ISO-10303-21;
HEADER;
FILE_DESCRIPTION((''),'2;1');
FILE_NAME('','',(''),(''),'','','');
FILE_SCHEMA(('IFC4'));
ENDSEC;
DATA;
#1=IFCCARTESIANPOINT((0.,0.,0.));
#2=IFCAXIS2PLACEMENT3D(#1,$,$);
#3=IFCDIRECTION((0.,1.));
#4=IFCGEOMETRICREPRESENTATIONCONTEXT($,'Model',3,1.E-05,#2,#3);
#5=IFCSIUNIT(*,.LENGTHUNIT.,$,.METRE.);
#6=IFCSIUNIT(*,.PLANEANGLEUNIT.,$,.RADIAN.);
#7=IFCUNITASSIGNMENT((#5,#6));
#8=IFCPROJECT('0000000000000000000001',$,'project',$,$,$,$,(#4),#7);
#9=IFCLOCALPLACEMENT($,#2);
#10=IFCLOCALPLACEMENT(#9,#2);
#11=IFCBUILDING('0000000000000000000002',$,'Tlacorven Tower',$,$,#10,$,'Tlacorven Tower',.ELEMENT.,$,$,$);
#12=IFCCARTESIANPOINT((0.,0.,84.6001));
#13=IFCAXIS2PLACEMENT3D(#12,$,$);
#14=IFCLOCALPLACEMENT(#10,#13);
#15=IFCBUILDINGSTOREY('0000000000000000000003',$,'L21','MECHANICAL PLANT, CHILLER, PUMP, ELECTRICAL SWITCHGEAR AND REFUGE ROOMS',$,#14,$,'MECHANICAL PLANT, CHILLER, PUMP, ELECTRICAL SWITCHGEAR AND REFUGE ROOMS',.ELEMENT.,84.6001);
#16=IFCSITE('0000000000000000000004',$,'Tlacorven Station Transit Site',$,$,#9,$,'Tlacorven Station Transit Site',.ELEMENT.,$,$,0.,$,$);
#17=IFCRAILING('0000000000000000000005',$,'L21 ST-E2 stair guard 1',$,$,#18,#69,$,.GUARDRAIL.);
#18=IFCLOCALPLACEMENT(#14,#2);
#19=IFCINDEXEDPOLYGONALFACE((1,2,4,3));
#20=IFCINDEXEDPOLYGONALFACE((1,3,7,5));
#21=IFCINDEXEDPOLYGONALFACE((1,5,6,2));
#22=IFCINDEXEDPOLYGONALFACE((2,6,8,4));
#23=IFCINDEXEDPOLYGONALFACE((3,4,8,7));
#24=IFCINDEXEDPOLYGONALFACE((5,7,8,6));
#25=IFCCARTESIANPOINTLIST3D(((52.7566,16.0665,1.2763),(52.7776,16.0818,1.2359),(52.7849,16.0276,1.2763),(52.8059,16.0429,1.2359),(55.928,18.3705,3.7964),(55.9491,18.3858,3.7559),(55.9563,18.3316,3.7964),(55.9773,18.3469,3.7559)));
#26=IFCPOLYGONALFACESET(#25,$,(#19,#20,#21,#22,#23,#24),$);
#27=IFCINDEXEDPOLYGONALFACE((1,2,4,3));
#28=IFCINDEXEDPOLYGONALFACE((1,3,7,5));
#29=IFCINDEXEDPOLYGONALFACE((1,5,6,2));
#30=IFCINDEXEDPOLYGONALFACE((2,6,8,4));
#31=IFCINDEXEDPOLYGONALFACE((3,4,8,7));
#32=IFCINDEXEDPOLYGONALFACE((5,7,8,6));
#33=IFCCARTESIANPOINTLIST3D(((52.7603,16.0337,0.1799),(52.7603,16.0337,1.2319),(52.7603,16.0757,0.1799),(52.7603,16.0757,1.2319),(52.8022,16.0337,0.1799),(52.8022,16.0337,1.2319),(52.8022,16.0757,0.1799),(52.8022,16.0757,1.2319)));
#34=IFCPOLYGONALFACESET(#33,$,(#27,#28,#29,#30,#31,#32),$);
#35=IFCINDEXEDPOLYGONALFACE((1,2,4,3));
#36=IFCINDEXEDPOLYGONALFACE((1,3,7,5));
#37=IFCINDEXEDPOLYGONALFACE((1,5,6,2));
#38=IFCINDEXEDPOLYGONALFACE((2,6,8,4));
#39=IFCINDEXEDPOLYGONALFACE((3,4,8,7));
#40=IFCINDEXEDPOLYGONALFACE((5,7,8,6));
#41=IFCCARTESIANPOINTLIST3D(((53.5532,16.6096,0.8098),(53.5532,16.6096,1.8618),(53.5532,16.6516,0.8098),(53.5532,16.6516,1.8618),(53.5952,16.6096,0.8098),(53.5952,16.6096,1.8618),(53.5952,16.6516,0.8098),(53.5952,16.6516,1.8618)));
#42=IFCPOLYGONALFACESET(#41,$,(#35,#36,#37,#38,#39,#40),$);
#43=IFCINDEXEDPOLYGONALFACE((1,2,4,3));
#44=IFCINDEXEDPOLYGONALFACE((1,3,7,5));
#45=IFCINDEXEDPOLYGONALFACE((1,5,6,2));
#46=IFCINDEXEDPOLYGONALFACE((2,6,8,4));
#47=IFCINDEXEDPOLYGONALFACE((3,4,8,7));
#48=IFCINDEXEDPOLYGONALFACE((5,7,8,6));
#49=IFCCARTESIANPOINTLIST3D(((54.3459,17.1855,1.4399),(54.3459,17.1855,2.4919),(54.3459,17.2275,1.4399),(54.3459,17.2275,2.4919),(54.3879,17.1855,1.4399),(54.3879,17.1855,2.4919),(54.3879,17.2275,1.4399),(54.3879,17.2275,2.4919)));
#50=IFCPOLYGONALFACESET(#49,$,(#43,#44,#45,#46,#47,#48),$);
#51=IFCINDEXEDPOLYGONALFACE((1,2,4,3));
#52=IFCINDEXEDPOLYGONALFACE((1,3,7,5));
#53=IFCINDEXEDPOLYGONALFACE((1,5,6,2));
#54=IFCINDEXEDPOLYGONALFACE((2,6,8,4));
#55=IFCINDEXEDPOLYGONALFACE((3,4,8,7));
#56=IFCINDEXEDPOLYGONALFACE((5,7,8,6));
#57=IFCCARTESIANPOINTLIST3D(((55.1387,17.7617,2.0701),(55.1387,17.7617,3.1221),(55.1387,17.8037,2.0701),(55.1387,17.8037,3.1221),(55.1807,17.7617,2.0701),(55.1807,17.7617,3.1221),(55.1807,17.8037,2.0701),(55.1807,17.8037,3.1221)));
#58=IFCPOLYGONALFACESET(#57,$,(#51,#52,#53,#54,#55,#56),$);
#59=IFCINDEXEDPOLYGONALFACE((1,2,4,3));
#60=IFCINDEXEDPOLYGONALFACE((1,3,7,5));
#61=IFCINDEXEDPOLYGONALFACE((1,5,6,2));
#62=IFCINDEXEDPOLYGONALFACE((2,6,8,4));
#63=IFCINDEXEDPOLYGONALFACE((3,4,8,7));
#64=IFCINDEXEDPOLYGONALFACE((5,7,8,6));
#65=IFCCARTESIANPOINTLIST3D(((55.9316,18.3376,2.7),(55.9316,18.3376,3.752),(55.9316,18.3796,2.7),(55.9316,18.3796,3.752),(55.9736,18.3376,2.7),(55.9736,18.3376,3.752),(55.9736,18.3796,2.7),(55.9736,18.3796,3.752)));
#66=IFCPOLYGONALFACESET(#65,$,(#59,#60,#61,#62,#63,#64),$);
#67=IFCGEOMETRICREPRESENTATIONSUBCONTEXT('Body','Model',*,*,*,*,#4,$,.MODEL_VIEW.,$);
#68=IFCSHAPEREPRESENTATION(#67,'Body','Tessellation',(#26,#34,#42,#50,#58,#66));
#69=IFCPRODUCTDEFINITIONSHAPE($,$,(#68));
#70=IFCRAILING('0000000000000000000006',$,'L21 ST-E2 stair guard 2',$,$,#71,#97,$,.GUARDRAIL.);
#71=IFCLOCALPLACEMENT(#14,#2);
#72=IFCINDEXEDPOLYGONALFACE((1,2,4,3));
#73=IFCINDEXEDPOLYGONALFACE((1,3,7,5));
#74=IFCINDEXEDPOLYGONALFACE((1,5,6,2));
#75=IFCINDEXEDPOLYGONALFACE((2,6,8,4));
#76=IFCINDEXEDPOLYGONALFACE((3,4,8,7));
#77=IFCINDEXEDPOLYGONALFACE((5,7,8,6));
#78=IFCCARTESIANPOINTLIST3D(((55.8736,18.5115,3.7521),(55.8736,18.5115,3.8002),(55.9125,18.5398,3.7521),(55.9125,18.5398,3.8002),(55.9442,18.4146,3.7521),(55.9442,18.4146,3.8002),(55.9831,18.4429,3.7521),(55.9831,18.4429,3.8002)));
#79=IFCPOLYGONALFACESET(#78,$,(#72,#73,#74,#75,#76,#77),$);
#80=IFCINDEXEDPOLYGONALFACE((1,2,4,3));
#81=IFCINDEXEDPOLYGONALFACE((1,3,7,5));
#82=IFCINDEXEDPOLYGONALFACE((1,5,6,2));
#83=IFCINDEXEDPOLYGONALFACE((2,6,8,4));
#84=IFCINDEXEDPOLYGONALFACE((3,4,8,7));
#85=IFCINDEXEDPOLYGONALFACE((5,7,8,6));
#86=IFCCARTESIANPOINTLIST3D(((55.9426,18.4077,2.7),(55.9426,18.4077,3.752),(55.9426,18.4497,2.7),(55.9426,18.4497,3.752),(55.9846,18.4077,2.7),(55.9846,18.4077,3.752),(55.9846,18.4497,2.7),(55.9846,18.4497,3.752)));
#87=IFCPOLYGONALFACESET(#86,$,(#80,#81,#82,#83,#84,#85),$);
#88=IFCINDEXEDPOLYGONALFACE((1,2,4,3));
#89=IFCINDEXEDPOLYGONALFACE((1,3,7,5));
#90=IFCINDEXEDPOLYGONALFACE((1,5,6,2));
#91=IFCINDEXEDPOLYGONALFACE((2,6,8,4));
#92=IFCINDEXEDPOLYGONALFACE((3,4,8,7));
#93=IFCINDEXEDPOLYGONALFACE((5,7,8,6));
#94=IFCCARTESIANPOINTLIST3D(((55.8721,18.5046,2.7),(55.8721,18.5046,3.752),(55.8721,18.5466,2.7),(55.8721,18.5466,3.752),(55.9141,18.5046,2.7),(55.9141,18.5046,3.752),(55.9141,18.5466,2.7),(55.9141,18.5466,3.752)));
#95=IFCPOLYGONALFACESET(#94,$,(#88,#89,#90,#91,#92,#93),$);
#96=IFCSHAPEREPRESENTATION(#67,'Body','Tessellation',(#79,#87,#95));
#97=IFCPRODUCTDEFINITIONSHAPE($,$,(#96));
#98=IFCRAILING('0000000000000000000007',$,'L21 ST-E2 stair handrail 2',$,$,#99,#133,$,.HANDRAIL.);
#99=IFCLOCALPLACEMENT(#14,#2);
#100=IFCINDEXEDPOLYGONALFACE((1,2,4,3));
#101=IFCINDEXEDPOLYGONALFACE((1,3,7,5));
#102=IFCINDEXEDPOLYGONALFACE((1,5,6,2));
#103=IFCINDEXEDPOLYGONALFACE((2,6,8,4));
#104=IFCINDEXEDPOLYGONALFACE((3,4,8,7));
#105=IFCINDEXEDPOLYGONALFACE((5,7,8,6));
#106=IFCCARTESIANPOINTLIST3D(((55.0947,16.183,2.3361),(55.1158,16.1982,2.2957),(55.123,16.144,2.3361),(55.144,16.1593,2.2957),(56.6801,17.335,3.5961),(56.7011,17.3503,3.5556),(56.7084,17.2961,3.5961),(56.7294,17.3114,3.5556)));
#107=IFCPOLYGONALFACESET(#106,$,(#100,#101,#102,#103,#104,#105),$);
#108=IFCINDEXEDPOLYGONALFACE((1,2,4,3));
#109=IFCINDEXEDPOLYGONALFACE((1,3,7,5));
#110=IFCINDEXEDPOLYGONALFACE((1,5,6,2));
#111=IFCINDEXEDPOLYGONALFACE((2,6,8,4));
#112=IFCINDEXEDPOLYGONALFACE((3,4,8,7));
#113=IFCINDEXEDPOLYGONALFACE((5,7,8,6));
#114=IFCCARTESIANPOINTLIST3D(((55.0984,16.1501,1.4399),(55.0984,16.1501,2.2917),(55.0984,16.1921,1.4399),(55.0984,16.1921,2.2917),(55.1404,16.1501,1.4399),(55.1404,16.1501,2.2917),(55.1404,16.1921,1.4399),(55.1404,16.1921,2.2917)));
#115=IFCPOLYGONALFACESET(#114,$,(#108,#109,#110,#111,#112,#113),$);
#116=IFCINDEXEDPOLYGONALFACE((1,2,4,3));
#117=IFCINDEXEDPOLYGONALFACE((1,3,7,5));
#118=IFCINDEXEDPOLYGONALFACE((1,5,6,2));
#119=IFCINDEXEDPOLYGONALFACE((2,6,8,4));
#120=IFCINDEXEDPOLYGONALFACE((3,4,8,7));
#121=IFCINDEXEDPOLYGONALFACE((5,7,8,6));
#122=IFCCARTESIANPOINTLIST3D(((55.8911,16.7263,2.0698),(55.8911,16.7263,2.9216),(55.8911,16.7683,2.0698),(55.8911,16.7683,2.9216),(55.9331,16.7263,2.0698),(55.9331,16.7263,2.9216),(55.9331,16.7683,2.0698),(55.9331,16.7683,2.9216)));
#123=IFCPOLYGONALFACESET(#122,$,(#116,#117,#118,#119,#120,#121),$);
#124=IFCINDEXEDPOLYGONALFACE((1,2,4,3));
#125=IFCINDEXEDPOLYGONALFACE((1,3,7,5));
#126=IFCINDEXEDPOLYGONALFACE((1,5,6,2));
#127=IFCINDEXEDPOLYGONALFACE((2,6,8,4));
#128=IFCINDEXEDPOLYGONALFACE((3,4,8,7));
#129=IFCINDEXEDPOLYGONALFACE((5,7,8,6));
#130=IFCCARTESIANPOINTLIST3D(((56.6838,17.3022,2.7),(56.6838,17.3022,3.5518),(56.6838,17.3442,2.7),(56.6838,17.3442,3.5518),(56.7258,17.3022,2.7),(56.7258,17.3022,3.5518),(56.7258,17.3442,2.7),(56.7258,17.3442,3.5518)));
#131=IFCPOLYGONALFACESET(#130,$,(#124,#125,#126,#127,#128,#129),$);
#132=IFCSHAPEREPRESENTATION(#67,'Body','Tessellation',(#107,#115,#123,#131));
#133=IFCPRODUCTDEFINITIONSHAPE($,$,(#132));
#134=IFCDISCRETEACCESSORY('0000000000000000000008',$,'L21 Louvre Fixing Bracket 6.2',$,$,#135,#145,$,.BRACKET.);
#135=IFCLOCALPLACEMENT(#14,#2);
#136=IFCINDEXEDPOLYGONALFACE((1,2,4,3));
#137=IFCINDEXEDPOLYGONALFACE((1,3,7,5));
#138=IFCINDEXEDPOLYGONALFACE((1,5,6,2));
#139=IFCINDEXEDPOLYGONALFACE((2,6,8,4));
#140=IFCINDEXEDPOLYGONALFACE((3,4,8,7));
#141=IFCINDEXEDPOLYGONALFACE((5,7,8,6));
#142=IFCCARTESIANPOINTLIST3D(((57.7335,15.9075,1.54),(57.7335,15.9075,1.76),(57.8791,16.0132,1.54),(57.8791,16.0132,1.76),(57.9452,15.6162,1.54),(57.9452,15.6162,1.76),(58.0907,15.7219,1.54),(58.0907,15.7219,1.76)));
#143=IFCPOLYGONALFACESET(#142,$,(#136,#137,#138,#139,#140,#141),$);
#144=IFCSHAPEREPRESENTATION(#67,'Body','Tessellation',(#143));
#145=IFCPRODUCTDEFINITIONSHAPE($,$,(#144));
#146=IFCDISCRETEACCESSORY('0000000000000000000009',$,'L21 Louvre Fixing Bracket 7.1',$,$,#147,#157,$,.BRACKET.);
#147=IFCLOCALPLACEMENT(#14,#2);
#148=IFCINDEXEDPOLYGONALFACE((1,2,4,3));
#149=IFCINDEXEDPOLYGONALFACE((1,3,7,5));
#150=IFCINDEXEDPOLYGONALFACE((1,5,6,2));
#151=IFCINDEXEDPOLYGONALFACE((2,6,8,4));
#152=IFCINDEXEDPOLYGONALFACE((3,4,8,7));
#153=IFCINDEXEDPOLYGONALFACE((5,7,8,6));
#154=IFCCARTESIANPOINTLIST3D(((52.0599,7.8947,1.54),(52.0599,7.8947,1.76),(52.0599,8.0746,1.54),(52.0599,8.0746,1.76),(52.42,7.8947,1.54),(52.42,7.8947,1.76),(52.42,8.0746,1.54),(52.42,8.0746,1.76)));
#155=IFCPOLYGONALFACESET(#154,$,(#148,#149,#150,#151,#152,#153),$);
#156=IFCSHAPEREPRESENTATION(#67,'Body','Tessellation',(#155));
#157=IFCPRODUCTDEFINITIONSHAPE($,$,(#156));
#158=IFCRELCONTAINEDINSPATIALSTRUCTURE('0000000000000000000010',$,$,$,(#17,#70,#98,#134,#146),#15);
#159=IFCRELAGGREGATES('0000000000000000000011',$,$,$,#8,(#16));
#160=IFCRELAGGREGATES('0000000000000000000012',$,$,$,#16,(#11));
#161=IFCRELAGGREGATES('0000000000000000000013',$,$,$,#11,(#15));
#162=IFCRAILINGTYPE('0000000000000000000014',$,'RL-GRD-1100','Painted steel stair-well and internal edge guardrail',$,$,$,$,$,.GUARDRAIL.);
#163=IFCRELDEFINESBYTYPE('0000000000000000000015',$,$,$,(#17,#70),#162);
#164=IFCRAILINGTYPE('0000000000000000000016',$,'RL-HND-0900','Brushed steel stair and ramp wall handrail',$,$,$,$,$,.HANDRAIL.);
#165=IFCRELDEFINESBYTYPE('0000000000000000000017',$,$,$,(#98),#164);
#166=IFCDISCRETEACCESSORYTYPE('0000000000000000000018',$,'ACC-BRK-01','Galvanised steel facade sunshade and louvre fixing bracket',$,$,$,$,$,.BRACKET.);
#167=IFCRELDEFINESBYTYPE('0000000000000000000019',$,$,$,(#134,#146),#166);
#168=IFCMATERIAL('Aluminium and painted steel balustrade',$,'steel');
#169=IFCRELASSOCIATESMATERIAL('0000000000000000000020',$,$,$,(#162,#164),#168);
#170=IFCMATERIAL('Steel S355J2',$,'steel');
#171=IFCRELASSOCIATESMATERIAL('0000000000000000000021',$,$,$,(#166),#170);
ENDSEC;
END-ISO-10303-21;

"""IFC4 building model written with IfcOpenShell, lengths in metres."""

from ifc_helpers import new_model, si_unit, direction, frame, origin, origin_2d, place, context, subcontext, project, spatial, rectangle, extrude, source, transform, mapped, material, type_object, element, save


model = new_model("IFC4")

# Units and contexts
model_context = context("Model", 3, precision=1e-05, world=origin(), true_north=direction((0.0, 1.0)))
body_context = subcontext(model_context, "Body", "Model", "MODEL_VIEW")
ifc_project = project(units=[si_unit("LENGTHUNIT", "METRE"), si_unit("PLANEANGLEUNIT", "RADIAN")], contexts=[model_context])

# Site, building, storey
site_placement = place(None, origin())
site = spatial("IfcSite", under=ifc_project, at=site_placement, Name="Tlacorven Station Transit Site", LongName="Tlacorven Station Transit Site", CompositionType="ELEMENT", RefElevation=0.0)
building_placement = place(site_placement, origin())
building = spatial("IfcBuilding", under=site, at=building_placement, Name="Tlacorven Tower", LongName="Tlacorven Tower", CompositionType="ELEMENT")
storey_placement = place(building_placement, frame((0.0, 0.0, 84.6001)))
storey = spatial("IfcBuildingStorey", under=building, at=storey_placement, Name="L21", Description="MECHANICAL PLANT, CHILLER, PUMP, ELECTRICAL SWITCHGEAR AND REFUGE ROOMS", LongName="MECHANICAL PLANT, CHILLER, PUMP, ELECTRICAL SWITCHGEAR AND REFUGE ROOMS", CompositionType="ELEMENT", Elevation=84.6001)

# Railings
ifc_material_1 = material(Name="Aluminium and painted steel balustrade", Category="steel")
railing_type_1 = type_object("IfcRailingType", Name="RL-GRD-1100", Description="Painted steel stair-well and internal edge guardrail", PredefinedType="GUARDRAIL", material=ifc_material_1)
railing_type_2 = type_object("IfcRailingType", Name="RL-HND-0900", Description="Brushed steel stair and ramp wall handrail", PredefinedType="HANDRAIL", material=ifc_material_1)
shared_shape_1 = source(origin(), body_context, "Body", "SweptSolid", [
    extrude(rectangle(XDim=0.0481, YDim=0.0481, at=origin_2d()), frame((0.0, 0.0, 1.0762), z_axis=(0.680543, 0.494402, 0.540767), x_axis=(-0.587753, 0.80904, 0.0)), (0.0, 0.0, 1.0), 4.6602),
    extrude(rectangle(XDim=0.042, YDim=0.042, at=origin_2d()), origin(), (0.0, 0.0, 1.0), 1.052),
    extrude(rectangle(XDim=0.042, YDim=0.042, at=origin_2d()), frame((0.793, 0.5759, 0.6299)), (0.0, 0.0, 1.0), 1.052),
    extrude(rectangle(XDim=0.042, YDim=0.042, at=origin_2d()), frame((1.5857, 1.1519, 1.26)), (0.0, 0.0, 1.0), 1.052),
    extrude(rectangle(XDim=0.042, YDim=0.042, at=origin_2d()), frame((2.3784, 1.728, 1.8901)), (0.0, 0.0, 1.0), 1.052),
    extrude(rectangle(XDim=0.042, YDim=0.042, at=origin_2d()), frame((3.1714, 2.304, 2.52)), (0.0, 0.0, 1.0), 1.052),
])
railing_1_placement = place(storey_placement, frame((52.7812, 16.0547, 0.1799)))
element("IfcRailing", 1, at=railing_1_placement, inside=storey, type_object=railing_type_1, Name="L21 ST-E2 stair guard 1", PredefinedType="GUARDRAIL", context=body_context, shape_type="MappedRepresentation", body=[
    mapped(shared_shape_1, transform((0.0, 0.0, 0.0), scale=1.0)),
])
shared_shape_2 = source(origin(), body_context, "Body", "SweptSolid", [
    extrude(rectangle(XDim=0.0481, YDim=0.0481, at=origin_2d()), frame((0.0, 0.0, 1.0762), z_axis=(-0.588535, 0.808472, 0.0), x_axis=(-0.808472, -0.588535, 0.0)), (0.0, 0.0, 1.0), 0.1199),
    extrude(rectangle(XDim=0.042, YDim=0.042, at=origin_2d()), origin(), (0.0, 0.0, 1.0), 1.052),
    extrude(rectangle(XDim=0.042, YDim=0.042, at=origin_2d()), frame((-0.0706, 0.0969, 0.0)), (0.0, 0.0, 1.0), 1.052),
])
railing_2_placement = place(storey_placement, frame((55.9636, 18.4287, 2.7)))
element("IfcRailing", 2, at=railing_2_placement, inside=storey, type_object=railing_type_1, Name="L21 ST-E2 stair guard 2", PredefinedType="GUARDRAIL", context=body_context, shape_type="MappedRepresentation", body=[
    mapped(shared_shape_2, transform((0.0, 0.0, 0.0), scale=1.0)),
])
shared_shape_3 = source(origin(), body_context, "Body", "SweptSolid", [
    extrude(rectangle(XDim=0.0481, YDim=0.0481, at=origin_2d()), frame((0.0, 0.0, 0.876), z_axis=(0.680469, 0.494477, 0.540791), x_axis=(-0.587853, 0.808968, 0.0)), (0.0, 0.0, 1.0), 2.3298),
    extrude(rectangle(XDim=0.042, YDim=0.042, at=origin_2d()), origin(), (0.0, 0.0, 1.0), 0.8518),
    extrude(rectangle(XDim=0.042, YDim=0.042, at=origin_2d()), frame((0.7927, 0.5762, 0.6299)), (0.0, 0.0, 1.0), 0.8518),
    extrude(rectangle(XDim=0.042, YDim=0.042, at=origin_2d()), frame((1.5854, 1.1521, 1.26)), (0.0, 0.0, 1.0), 0.8518),
])
railing_3_placement = place(storey_placement, frame((55.1194, 16.1711, 1.4399)))
element("IfcRailing", 3, at=railing_3_placement, inside=storey, type_object=railing_type_2, Name="L21 ST-E2 stair handrail 2", PredefinedType="HANDRAIL", context=body_context, shape_type="MappedRepresentation", body=[
    mapped(shared_shape_3, transform((0.0, 0.0, 0.0), scale=1.0)),
])

# Discrete accessories
ifc_material_2 = material(Name="Steel S355J2", Category="steel")
discrete_accessory_type = type_object("IfcDiscreteAccessoryType", Name="ACC-BRK-01", Description="Galvanised steel facade sunshade and louvre fixing bracket", PredefinedType="BRACKET", material=ifc_material_2)
shared_shape_4 = source(origin(), body_context, "Body", "SweptSolid", [
    extrude(rectangle(XDim=0.1799, YDim=0.3601, at=origin_2d()), origin(), (0.0, 0.0, 1.0), 0.22),
])
for number, where, z_axis, x_axis, name in (
    (4, (57.9121, 15.8147, 1.54), (0.0, 0.0, 1.0), (-0.809017, -0.587785, 0.0), "L21 Louvre Fixing Bracket 6.2"),
    (5, (52.24, 7.9846, 1.54), (0.0, 0.0, 1.0), (0.0, -1.0, 0.0), "L21 Louvre Fixing Bracket 7.1"),
):
    element("IfcDiscreteAccessory", number, at=place(storey_placement, frame(where, z_axis=z_axis, x_axis=x_axis)), inside=storey, type_object=discrete_accessory_type, Name=name, PredefinedType="BRACKET", context=body_context, shape_type="MappedRepresentation", body=[
        mapped(shared_shape_4, transform((0.0, 0.0, 0.0), scale=1.0)),
    ])

save(model, "model.ifc")
